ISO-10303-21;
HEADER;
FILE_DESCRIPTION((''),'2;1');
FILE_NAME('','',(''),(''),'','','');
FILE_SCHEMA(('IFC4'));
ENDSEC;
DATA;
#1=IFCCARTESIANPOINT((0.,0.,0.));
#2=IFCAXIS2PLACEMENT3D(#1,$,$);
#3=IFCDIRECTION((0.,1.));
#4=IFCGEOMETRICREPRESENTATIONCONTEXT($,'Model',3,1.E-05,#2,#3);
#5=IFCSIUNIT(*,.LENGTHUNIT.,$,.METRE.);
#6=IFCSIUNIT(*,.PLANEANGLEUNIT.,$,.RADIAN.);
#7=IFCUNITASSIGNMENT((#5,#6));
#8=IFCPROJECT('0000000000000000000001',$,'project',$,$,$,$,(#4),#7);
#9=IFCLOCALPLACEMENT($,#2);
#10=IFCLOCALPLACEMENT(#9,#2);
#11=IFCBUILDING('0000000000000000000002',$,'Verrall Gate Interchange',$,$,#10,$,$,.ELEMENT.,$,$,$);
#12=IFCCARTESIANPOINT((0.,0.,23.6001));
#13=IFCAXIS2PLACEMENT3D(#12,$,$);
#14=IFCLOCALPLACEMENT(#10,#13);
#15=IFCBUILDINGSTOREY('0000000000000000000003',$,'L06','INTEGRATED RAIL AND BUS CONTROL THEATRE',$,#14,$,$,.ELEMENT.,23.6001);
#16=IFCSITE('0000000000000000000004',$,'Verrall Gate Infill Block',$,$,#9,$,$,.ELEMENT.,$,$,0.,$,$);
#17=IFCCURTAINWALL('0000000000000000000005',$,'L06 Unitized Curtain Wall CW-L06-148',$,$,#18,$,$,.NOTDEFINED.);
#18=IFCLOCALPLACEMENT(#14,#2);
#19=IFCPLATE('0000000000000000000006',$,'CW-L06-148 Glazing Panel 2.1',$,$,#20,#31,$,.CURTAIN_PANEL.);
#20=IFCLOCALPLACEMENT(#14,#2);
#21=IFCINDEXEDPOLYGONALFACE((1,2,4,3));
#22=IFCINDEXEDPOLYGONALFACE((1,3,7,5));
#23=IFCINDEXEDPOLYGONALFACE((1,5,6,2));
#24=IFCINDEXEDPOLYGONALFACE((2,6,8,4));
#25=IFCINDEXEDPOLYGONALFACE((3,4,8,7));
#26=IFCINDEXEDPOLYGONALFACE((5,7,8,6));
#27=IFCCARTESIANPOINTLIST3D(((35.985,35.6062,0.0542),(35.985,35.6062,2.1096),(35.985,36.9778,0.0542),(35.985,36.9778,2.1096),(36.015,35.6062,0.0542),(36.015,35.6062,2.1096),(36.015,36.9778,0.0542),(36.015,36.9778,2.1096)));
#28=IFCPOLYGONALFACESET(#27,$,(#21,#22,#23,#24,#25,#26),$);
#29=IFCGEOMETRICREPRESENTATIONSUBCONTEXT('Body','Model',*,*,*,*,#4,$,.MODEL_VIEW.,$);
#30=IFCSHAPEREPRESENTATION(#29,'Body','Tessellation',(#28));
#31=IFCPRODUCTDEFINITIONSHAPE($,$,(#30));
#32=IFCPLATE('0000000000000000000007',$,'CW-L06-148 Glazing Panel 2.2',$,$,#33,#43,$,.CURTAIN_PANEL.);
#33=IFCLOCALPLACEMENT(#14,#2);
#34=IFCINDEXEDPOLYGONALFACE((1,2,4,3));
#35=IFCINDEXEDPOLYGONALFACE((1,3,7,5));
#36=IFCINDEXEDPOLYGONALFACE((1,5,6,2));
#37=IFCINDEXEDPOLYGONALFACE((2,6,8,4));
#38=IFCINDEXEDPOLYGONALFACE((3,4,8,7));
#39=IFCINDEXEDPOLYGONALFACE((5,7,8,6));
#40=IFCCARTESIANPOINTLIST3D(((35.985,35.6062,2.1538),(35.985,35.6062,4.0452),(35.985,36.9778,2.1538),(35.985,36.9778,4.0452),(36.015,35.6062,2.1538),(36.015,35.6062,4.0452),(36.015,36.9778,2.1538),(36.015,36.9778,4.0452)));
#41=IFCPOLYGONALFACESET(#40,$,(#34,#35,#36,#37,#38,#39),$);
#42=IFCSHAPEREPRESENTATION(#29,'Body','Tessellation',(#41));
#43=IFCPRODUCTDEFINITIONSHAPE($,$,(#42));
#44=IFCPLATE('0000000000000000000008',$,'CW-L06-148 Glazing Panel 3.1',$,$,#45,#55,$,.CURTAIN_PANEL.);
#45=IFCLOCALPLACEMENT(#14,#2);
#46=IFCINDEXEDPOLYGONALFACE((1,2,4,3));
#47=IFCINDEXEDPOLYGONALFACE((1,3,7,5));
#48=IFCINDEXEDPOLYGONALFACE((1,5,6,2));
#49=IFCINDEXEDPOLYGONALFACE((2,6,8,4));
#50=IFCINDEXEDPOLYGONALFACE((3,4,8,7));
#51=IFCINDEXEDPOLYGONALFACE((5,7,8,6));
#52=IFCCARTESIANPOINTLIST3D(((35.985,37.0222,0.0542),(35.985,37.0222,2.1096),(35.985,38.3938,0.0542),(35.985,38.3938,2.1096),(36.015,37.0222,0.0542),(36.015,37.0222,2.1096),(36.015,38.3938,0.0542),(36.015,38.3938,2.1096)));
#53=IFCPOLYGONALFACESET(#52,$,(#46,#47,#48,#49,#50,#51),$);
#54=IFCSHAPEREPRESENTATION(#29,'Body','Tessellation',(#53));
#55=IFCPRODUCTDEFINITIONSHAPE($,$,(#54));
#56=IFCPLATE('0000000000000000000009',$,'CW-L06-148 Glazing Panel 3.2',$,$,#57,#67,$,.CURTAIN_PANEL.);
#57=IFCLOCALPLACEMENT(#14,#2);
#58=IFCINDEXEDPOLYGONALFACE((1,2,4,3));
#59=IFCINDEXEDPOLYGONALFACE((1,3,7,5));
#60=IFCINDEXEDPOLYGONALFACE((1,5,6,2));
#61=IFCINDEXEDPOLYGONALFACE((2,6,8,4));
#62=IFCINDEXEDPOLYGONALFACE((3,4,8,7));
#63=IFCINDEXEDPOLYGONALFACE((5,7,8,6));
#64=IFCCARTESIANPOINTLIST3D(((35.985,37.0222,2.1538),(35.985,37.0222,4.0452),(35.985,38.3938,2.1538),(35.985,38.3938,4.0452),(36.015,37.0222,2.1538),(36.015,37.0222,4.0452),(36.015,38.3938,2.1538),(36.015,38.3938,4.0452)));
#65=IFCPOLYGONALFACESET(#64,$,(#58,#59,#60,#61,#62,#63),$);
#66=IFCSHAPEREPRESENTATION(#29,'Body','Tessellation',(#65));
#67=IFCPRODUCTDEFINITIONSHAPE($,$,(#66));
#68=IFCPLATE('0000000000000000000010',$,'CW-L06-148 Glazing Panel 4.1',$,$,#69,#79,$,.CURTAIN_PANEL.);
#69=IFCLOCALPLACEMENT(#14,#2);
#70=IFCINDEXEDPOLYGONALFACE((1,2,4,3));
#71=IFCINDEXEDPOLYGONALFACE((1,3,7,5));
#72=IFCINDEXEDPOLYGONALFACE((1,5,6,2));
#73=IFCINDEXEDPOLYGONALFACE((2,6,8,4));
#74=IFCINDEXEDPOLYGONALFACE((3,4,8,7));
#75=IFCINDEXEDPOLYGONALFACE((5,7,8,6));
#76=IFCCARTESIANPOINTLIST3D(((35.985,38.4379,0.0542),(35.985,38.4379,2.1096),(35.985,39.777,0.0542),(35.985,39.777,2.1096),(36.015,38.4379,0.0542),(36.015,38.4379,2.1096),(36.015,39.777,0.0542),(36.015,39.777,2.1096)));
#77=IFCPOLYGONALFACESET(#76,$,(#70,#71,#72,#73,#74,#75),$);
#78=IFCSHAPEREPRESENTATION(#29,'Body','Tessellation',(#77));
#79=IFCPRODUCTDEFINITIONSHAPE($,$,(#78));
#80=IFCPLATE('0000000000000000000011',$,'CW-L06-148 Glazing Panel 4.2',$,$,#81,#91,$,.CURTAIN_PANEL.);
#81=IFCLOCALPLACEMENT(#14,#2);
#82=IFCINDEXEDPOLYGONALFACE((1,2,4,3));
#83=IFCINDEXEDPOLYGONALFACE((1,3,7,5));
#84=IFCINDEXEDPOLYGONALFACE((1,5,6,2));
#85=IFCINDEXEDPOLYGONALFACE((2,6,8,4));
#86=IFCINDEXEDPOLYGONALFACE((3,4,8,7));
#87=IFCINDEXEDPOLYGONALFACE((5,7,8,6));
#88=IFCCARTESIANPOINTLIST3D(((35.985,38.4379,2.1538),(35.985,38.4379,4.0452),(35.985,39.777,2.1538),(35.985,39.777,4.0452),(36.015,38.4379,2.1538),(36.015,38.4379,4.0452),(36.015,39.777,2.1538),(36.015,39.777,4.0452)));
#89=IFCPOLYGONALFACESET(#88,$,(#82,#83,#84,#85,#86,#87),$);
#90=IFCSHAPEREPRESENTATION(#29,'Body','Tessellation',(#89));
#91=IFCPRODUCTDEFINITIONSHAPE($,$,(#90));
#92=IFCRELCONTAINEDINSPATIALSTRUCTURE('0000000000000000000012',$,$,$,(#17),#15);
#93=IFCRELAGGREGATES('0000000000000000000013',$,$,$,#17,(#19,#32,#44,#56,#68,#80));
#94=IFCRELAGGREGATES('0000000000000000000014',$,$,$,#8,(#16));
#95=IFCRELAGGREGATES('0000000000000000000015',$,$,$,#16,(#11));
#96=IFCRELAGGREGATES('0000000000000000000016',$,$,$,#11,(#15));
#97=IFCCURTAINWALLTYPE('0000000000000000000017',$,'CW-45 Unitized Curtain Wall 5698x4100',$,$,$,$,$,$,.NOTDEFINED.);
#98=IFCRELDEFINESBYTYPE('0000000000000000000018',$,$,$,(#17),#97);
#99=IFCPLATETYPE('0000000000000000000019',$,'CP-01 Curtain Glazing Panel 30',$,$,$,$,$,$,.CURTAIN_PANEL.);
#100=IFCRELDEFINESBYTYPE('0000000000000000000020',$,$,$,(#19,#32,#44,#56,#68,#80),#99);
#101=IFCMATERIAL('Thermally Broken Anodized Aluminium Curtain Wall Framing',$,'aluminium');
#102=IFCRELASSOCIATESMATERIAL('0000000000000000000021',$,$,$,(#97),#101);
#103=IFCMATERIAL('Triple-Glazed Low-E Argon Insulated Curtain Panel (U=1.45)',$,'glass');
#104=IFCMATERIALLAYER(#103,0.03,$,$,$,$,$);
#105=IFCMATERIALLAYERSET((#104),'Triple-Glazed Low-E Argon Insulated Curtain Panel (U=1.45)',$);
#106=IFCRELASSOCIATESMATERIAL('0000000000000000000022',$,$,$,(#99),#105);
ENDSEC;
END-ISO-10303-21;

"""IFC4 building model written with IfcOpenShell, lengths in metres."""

from ifc_helpers import new_model, si_unit, direction, frame, origin, origin_2d, place, context, subcontext, project, spatial, rectangle, extrude, material, layer, layer_set, type_object, element, aggregate, save


model = new_model("IFC4")

# Units and contexts
model_context = context("Model", 3, precision=1e-05, world=origin(), true_north=direction((0.0, 1.0)))
body_context = subcontext(model_context, "Body", "Model", "MODEL_VIEW")
ifc_project = project(units=[si_unit("LENGTHUNIT", "METRE"), si_unit("PLANEANGLEUNIT", "RADIAN")], contexts=[model_context])

# Site, building, storey
site_placement = place(None, origin())
site = spatial("IfcSite", under=ifc_project, at=site_placement, Name="Verrall Gate Infill Block", CompositionType="ELEMENT", RefElevation=0.0)
building_placement = place(site_placement, origin())
building = spatial("IfcBuilding", under=site, at=building_placement, Name="Verrall Gate Interchange", CompositionType="ELEMENT")
storey_placement = place(building_placement, frame((0.0, 0.0, 23.6001)))
storey = spatial("IfcBuildingStorey", under=building, at=storey_placement, Name="L06", Description="INTEGRATED RAIL AND BUS CONTROL THEATRE", CompositionType="ELEMENT", Elevation=23.6001)

# Curtain wall
ifc_material_1 = material(Name="Thermally Broken Anodized Aluminium Curtain Wall Framing", Category="aluminium")
curtain_wall_type_1 = type_object("IfcCurtainWallType", Name="CW-45 Unitized Curtain Wall 5698x4100", PredefinedType="NOTDEFINED", material=ifc_material_1)
curtain_wall_1_placement = place(storey_placement, origin())
curtain_wall_1 = element("IfcCurtainWall", 1, at=curtain_wall_1_placement, inside=storey, type_object=curtain_wall_type_1, Name="L06 Unitized Curtain Wall CW-L06-148", PredefinedType="NOTDEFINED")

# Plates
ifc_material_2 = material(Name="Triple-Glazed Low-E Argon Insulated Curtain Panel (U=1.45)", Category="glass")
ifc_layer_1 = layer(ifc_material_2, 0.03)
ifc_layer_set_1 = layer_set([ifc_layer_1], Name="Triple-Glazed Low-E Argon Insulated Curtain Panel (U=1.45)")
plate_type_1 = type_object("IfcPlateType", Name="CP-01 Curtain Glazing Panel 30", PredefinedType="CURTAIN_PANEL", material=ifc_layer_set_1)
plate_1_placement = place(storey_placement, frame((36.0, 36.292, 0.0542), z_axis=(0.0, 0.0, 1.0), x_axis=(0.0, 1.0, 0.0)))
plate_1 = element("IfcPlate", 2, at=plate_1_placement, type_object=plate_type_1, Name="CW-L06-148 Glazing Panel 2.1", PredefinedType="CURTAIN_PANEL", context=body_context, shape_type="SweptSolid", body=[
    extrude(rectangle(XDim=1.3716, YDim=0.03, at=origin_2d()), origin(), (0.0, 0.0, 1.0), 2.0554),
])
plate_2_placement = place(storey_placement, frame((36.0, 36.292, 2.1538), z_axis=(0.0, 0.0, 1.0), x_axis=(0.0, 1.0, 0.0)))
plate_2 = element("IfcPlate", 3, at=plate_2_placement, type_object=plate_type_1, Name="CW-L06-148 Glazing Panel 2.2", PredefinedType="CURTAIN_PANEL", context=body_context, shape_type="SweptSolid", body=[
    extrude(rectangle(XDim=1.3716, YDim=0.03, at=origin_2d()), origin(), (0.0, 0.0, 1.0), 1.8914),
])
plate_3_placement = place(storey_placement, frame((36.0, 37.708, 0.0542), z_axis=(0.0, 0.0, 1.0), x_axis=(0.0, 1.0, 0.0)))
plate_3 = element("IfcPlate", 4, at=plate_3_placement, type_object=plate_type_1, Name="CW-L06-148 Glazing Panel 3.1", PredefinedType="CURTAIN_PANEL", context=body_context, shape_type="SweptSolid", body=[
    extrude(rectangle(XDim=1.3716, YDim=0.03, at=origin_2d()), origin(), (0.0, 0.0, 1.0), 2.0554),
])
plate_4_placement = place(storey_placement, frame((36.0, 37.708, 2.1538), z_axis=(0.0, 0.0, 1.0), x_axis=(0.0, 1.0, 0.0)))
plate_4 = element("IfcPlate", 5, at=plate_4_placement, type_object=plate_type_1, Name="CW-L06-148 Glazing Panel 3.2", PredefinedType="CURTAIN_PANEL", context=body_context, shape_type="SweptSolid", body=[
    extrude(rectangle(XDim=1.3716, YDim=0.03, at=origin_2d()), origin(), (0.0, 0.0, 1.0), 1.8914),
])
plate_5_placement = place(storey_placement, frame((36.0, 39.1074, 0.0542), z_axis=(0.0, 0.0, 1.0), x_axis=(0.0, 1.0, 0.0)))
plate_5 = element("IfcPlate", 6, at=plate_5_placement, type_object=plate_type_1, Name="CW-L06-148 Glazing Panel 4.1", PredefinedType="CURTAIN_PANEL", context=body_context, shape_type="SweptSolid", body=[
    extrude(rectangle(XDim=1.3391, YDim=0.03, at=origin_2d()), origin(), (0.0, 0.0, 1.0), 2.0554),
])
plate_6_placement = place(storey_placement, frame((36.0, 39.1074, 2.1538), z_axis=(0.0, 0.0, 1.0), x_axis=(0.0, 1.0, 0.0)))
plate_6 = element("IfcPlate", 7, at=plate_6_placement, type_object=plate_type_1, Name="CW-L06-148 Glazing Panel 4.2", PredefinedType="CURTAIN_PANEL", context=body_context, shape_type="SweptSolid", body=[
    extrude(rectangle(XDim=1.3391, YDim=0.03, at=origin_2d()), origin(), (0.0, 0.0, 1.0), 1.8914),
])
aggregate(curtain_wall_1, [plate_1, plate_2, plate_3, plate_4, plate_5, plate_6])

save(model, "model.ifc")
